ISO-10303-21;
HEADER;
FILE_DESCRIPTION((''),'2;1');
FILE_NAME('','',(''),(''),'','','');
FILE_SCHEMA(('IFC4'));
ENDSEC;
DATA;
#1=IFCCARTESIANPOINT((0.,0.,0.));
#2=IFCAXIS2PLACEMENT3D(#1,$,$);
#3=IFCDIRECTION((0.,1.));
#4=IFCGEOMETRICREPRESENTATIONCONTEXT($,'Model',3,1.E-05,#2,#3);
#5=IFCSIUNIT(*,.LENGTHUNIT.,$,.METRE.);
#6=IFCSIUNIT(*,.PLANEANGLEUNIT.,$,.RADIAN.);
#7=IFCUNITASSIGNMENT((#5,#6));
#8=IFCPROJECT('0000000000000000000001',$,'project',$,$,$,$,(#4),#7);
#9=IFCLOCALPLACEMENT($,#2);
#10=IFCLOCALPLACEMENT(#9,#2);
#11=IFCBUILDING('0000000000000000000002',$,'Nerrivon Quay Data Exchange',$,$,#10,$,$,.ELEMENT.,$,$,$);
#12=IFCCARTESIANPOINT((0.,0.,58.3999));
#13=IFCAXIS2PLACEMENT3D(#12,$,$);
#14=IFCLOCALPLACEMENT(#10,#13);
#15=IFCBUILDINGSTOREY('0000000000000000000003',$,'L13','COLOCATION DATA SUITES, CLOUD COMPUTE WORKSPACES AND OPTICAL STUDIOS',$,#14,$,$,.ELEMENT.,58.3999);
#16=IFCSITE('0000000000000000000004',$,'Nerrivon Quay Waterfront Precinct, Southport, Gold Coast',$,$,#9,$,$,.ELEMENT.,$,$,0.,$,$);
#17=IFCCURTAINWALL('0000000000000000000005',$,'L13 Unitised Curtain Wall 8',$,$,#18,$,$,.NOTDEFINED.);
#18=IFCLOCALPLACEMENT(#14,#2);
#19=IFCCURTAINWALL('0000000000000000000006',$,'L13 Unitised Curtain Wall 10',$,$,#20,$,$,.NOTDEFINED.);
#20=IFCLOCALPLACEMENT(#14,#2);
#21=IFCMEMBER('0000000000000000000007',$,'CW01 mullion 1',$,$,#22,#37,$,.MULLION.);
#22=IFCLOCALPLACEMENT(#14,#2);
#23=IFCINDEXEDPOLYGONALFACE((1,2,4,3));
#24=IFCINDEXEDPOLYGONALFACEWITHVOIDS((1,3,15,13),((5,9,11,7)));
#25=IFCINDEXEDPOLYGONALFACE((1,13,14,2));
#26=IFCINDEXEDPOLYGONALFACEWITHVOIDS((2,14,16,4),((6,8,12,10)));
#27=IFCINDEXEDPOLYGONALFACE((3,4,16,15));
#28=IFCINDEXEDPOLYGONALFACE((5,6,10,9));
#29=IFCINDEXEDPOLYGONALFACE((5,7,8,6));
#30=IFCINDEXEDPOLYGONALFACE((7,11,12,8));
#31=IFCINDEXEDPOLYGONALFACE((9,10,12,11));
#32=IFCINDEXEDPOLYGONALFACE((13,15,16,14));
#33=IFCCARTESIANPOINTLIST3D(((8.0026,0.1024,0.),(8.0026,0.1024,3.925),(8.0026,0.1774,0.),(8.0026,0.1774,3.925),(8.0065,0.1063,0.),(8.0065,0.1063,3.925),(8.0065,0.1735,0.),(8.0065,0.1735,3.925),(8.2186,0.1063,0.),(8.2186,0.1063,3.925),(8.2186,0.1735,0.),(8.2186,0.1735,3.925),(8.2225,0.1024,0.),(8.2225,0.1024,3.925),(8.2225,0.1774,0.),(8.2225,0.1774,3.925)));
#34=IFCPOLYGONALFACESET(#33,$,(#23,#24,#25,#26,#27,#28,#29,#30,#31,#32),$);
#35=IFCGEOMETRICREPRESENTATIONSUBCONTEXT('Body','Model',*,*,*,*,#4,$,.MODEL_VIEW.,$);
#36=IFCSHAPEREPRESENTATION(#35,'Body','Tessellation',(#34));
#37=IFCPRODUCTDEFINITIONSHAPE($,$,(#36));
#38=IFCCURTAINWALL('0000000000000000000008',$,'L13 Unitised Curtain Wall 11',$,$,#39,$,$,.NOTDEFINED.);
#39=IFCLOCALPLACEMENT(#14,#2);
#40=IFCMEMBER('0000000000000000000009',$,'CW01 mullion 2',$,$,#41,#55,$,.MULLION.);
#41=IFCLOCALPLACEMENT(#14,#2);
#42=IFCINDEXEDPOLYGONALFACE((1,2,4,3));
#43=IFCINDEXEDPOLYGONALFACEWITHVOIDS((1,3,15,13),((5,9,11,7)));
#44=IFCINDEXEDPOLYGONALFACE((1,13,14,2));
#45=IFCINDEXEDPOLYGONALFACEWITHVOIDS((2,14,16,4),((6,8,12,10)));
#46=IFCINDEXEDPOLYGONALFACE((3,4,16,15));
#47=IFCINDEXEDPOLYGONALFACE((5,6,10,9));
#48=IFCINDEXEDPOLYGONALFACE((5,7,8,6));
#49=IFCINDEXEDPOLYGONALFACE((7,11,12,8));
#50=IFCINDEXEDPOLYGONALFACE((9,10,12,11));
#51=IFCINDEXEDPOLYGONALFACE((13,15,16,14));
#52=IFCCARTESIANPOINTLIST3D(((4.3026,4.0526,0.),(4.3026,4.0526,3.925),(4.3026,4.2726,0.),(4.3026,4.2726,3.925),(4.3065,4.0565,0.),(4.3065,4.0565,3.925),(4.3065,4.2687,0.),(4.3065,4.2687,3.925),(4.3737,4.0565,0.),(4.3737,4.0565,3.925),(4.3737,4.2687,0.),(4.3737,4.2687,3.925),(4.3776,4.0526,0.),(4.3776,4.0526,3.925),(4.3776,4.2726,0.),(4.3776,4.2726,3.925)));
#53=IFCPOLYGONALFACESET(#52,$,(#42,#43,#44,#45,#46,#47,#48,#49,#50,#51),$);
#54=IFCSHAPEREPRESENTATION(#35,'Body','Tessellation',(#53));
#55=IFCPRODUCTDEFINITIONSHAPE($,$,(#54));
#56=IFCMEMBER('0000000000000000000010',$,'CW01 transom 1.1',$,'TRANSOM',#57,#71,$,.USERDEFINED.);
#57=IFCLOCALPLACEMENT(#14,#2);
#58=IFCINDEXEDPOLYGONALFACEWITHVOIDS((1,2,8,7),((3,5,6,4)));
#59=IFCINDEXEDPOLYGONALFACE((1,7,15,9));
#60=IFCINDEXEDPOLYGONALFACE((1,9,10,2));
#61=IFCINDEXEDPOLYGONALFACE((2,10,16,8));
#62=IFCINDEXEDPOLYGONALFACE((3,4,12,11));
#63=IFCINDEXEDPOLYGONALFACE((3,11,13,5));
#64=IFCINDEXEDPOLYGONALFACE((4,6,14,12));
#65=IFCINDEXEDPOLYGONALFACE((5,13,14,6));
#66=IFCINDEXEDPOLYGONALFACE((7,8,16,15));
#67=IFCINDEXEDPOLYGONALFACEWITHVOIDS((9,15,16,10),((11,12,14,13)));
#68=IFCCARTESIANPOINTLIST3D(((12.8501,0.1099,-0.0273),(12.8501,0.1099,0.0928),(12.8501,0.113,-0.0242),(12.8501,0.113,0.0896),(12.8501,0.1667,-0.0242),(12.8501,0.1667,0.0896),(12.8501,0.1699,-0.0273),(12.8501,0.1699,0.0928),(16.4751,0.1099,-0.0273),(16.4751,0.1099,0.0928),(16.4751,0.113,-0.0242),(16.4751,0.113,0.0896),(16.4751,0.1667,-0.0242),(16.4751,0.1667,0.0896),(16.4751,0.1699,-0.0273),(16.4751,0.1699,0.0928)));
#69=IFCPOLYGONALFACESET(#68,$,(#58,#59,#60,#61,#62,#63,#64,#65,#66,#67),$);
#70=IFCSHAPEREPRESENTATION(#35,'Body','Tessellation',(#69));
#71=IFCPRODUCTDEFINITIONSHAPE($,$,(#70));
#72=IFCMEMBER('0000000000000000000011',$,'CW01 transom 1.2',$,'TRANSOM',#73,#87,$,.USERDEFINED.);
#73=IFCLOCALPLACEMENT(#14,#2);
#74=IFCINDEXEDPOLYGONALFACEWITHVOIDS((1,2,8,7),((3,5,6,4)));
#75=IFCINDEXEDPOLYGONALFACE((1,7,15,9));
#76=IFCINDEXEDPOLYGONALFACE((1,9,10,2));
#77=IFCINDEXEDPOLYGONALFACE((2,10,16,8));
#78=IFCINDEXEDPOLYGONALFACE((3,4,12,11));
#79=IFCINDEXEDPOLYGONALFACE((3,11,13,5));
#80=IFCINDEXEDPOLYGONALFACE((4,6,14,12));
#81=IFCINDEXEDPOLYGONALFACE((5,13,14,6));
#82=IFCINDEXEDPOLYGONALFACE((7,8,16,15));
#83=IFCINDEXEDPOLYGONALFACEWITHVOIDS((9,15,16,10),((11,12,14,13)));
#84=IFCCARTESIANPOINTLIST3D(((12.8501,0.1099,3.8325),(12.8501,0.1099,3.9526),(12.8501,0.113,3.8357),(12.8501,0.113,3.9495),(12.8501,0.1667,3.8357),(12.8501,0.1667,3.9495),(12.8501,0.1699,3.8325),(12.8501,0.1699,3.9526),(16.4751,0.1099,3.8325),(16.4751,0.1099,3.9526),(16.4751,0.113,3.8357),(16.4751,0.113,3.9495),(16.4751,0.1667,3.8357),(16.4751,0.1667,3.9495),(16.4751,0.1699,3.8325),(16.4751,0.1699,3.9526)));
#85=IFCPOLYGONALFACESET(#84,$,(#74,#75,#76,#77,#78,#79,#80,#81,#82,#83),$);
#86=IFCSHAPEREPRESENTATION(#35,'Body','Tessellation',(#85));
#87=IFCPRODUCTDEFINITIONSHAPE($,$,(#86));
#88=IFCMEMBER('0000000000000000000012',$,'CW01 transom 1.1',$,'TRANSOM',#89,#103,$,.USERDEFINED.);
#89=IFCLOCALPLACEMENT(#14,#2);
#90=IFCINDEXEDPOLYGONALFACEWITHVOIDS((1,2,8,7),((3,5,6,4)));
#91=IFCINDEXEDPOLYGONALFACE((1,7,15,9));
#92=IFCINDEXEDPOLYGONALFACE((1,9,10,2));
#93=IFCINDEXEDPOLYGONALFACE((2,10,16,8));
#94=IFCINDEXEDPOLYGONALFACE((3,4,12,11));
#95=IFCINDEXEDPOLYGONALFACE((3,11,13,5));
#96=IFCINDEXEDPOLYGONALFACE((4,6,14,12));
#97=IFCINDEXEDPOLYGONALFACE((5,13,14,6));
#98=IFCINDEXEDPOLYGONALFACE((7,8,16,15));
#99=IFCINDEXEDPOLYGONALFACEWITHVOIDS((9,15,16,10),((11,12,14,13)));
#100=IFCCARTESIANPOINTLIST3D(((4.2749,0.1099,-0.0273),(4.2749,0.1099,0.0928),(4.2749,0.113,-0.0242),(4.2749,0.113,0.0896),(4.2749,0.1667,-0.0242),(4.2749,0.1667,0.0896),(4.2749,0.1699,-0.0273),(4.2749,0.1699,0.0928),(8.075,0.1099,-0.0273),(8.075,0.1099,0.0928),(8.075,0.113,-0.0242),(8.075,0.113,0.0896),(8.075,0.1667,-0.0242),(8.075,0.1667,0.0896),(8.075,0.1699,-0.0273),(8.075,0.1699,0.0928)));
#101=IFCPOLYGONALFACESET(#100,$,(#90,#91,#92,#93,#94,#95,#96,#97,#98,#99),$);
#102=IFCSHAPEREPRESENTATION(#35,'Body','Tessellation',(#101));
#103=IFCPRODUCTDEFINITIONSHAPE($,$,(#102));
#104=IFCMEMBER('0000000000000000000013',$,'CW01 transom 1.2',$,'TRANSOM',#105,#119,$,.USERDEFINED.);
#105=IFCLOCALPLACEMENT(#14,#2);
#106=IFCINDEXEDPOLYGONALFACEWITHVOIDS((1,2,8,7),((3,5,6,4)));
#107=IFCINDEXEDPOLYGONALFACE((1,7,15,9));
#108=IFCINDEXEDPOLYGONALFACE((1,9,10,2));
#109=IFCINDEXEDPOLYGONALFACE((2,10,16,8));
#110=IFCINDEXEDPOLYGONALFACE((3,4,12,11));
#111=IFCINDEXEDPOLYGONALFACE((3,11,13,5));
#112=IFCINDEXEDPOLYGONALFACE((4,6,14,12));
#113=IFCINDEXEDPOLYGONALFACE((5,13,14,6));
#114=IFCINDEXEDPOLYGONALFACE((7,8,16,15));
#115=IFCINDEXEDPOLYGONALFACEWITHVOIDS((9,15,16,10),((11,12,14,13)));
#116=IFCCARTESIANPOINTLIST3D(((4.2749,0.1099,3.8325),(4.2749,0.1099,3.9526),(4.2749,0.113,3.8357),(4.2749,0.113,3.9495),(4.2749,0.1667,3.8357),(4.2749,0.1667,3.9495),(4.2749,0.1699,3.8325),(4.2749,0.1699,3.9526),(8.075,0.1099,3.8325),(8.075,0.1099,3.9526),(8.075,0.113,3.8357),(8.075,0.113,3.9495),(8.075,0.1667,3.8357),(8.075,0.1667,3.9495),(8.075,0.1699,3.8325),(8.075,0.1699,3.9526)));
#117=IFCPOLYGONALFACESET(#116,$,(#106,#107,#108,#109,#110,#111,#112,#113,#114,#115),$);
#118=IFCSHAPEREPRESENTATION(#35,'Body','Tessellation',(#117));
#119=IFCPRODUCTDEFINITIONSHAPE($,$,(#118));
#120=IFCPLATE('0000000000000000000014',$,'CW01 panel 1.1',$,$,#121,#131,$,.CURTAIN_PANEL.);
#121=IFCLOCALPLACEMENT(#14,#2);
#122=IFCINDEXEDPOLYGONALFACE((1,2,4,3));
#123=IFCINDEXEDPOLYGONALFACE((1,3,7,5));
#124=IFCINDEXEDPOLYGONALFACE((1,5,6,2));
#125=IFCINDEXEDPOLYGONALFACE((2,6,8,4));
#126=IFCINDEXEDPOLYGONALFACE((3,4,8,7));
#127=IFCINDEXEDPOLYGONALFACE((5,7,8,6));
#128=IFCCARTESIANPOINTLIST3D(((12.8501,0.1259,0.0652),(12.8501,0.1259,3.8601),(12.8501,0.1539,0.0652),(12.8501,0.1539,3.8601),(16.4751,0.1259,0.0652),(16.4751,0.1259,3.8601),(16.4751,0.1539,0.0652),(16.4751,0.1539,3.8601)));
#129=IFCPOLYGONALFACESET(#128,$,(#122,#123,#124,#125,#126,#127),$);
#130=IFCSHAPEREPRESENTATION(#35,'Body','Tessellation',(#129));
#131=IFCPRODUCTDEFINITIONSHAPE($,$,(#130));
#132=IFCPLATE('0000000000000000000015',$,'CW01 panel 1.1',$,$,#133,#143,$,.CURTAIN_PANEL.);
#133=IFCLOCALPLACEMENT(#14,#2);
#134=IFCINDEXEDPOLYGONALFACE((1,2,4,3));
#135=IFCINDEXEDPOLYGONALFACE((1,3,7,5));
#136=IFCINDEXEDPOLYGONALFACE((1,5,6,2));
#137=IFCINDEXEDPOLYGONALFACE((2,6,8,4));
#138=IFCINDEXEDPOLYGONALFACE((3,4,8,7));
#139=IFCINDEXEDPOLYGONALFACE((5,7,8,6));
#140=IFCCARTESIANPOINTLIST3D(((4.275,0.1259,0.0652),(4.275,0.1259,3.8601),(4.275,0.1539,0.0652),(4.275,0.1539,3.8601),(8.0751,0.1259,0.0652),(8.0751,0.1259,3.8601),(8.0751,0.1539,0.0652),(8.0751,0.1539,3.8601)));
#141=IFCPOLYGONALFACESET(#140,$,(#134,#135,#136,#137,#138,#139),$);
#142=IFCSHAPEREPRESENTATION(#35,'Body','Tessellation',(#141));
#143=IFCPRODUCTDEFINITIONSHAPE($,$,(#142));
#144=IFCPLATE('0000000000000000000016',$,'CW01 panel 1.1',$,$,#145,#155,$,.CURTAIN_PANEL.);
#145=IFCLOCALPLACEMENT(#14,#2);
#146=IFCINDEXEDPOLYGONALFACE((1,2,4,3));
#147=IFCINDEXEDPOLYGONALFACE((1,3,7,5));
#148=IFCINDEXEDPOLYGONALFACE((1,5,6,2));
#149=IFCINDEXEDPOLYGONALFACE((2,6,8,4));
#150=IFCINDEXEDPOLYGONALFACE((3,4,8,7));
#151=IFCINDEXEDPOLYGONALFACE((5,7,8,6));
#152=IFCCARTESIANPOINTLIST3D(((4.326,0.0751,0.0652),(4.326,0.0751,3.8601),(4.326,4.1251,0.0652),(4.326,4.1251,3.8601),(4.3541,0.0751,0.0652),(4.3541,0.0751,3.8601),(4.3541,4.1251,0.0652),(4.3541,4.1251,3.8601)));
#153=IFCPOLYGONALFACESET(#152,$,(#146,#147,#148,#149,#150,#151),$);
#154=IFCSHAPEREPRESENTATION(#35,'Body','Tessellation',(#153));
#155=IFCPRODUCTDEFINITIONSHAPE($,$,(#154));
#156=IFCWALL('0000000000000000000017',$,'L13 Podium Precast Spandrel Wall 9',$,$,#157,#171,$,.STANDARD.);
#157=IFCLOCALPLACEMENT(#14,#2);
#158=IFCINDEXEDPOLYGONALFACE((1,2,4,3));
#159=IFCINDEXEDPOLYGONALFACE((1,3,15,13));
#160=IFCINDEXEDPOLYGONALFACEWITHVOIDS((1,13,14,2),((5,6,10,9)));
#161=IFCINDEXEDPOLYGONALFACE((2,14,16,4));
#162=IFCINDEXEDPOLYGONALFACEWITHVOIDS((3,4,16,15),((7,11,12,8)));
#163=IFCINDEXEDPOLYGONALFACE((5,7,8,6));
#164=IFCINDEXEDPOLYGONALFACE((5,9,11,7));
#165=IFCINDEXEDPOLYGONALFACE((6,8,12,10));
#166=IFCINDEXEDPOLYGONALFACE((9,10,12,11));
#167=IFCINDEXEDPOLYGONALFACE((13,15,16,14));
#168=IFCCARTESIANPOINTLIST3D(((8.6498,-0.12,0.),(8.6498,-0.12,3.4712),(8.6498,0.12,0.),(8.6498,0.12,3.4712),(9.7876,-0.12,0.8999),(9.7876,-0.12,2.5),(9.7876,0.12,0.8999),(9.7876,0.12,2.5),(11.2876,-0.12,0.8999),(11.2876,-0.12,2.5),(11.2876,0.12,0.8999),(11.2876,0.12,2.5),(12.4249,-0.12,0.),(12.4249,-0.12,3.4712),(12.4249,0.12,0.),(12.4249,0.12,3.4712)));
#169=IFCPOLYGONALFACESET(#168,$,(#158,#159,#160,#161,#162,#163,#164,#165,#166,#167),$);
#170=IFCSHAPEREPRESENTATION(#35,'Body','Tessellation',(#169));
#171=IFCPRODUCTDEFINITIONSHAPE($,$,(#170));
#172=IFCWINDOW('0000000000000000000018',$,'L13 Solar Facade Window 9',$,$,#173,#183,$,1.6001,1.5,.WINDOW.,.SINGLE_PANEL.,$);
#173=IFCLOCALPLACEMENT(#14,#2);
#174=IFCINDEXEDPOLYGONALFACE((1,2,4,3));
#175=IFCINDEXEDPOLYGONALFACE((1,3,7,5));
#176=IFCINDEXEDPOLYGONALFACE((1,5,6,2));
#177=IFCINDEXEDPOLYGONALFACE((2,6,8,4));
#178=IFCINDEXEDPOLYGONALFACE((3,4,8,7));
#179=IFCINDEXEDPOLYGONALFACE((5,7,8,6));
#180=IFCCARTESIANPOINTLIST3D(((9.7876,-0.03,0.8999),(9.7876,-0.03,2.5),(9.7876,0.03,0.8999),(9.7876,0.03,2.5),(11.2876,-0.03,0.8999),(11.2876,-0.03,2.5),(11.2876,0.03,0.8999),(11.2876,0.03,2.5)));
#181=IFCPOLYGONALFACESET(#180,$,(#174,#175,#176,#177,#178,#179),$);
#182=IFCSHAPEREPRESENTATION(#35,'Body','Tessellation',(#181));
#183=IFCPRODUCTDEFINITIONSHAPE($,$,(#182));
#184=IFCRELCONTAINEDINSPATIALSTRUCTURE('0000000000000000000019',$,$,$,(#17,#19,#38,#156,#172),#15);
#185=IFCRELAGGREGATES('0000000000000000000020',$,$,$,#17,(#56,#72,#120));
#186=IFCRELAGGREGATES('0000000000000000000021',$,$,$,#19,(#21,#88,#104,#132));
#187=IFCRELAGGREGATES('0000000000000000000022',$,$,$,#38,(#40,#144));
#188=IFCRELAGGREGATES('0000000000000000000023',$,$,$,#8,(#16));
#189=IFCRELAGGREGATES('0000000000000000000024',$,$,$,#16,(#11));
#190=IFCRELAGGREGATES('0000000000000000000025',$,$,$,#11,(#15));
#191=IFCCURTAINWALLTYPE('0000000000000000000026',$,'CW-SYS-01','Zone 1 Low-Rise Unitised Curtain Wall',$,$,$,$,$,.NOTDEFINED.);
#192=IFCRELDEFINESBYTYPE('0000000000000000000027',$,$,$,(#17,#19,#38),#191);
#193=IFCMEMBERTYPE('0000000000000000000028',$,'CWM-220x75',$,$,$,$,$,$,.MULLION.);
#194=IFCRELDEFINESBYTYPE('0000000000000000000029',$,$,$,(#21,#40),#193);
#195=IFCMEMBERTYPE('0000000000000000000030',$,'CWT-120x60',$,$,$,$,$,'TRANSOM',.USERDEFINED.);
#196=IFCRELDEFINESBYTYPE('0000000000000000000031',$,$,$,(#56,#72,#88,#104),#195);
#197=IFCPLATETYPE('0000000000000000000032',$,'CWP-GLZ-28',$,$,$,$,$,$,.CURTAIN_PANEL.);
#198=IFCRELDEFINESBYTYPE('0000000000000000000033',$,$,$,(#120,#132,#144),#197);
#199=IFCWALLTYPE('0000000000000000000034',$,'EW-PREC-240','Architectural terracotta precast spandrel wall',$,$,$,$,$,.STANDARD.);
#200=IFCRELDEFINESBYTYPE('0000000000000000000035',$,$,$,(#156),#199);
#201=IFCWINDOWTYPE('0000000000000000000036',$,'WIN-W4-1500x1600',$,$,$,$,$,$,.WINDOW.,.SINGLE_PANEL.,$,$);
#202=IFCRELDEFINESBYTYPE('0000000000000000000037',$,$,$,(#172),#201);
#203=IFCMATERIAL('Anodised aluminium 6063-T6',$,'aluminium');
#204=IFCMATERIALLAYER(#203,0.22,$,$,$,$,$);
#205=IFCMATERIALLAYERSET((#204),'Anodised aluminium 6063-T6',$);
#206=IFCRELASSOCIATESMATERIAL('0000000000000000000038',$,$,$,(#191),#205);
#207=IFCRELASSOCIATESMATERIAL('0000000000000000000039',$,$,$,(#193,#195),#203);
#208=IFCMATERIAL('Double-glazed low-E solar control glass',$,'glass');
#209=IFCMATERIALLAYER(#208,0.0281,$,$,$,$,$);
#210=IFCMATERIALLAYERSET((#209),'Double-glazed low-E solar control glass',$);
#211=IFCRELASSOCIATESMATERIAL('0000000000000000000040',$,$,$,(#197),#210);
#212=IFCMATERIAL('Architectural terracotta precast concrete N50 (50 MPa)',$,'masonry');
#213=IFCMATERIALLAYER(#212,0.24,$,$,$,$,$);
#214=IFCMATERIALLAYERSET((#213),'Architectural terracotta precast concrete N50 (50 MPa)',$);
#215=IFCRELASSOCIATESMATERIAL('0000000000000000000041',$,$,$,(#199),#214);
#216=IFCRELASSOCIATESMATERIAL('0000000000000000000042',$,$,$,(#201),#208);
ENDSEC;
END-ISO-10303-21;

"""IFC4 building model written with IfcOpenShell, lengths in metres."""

from ifc_helpers import new_model, si_unit, direction, frame, frame_2d, origin, origin_2d, place, context, subcontext, project, spatial, rectangle, hollow_rectangle, extrude, material, layer, layer_set, material_profile, profile_set, type_object, element, fill, aggregate, save


model = new_model("IFC4")

# Units and contexts
model_context = context("Model", 3, precision=1e-05, world=origin(), true_north=direction((0.0, 1.0)))
body_context = subcontext(model_context, "Body", "Model", "MODEL_VIEW")
ifc_project = project(units=[si_unit("LENGTHUNIT", "METRE"), si_unit("PLANEANGLEUNIT", "RADIAN")], contexts=[model_context])

# Site, building, storey
site_placement = place(None, origin())
site = spatial("IfcSite", under=ifc_project, at=site_placement, Name="Nerrivon Quay Waterfront Precinct, Southport, Gold Coast", CompositionType="ELEMENT", RefElevation=0.0)
building_placement = place(site_placement, origin())
building = spatial("IfcBuilding", under=site, at=building_placement, Name="Nerrivon Quay Data Exchange", CompositionType="ELEMENT")
storey_placement = place(building_placement, frame((0.0, 0.0, 58.3999)))
storey = spatial("IfcBuildingStorey", under=building, at=storey_placement, Name="L13", Description="COLOCATION DATA SUITES, CLOUD COMPUTE WORKSPACES AND OPTICAL STUDIOS", CompositionType="ELEMENT", Elevation=58.3999)

# Curtain wall
ifc_material_1 = material(Name="Anodised aluminium 6063-T6", Category="aluminium")
ifc_layer_1 = layer(ifc_material_1, 0.22)
ifc_layer_set_1 = layer_set([ifc_layer_1], Name="Anodised aluminium 6063-T6")
curtain_wall_type = type_object("IfcCurtainWallType", Name="CW-SYS-01", Description="Zone 1 Low-Rise Unitised Curtain Wall", PredefinedType="NOTDEFINED", material=ifc_layer_set_1)
curtain_wall_1_placement = place(storey_placement, origin())
curtain_wall_1 = element("IfcCurtainWall", 1, at=curtain_wall_1_placement, inside=storey, type_object=curtain_wall_type, Name="L13 Unitised Curtain Wall 8", PredefinedType="NOTDEFINED")
ifc_material_profile_1 = material_profile(ifc_material_1, hollow_rectangle(XDim=0.075, YDim=0.22, WallThickness=0.0039, at=origin_2d()), Name="ALU-MULL-220x75")
ifc_profile_set_1 = profile_set([ifc_material_profile_1], Name="Anodised aluminium 6063-T6")
member_type_1 = type_object("IfcMemberType", Name="CWM-220x75", PredefinedType="MULLION", material=ifc_profile_set_1)

# Curtain walls, members
curtain_wall_2_placement = place(storey_placement, origin())
curtain_wall_2 = element("IfcCurtainWall", 2, at=curtain_wall_2_placement, inside=storey, type_object=curtain_wall_type, Name="L13 Unitised Curtain Wall 10", PredefinedType="NOTDEFINED")
member_1_placement = place(storey_placement, frame((8.1125, 0.1399, 0.0), z_axis=(0.0, 0.0, 1.0), x_axis=(0.0, -1.0, 0.0)))
member_1 = element("IfcMember", 3, at=member_1_placement, type_object=member_type_1, Name="CW01 mullion 1", PredefinedType="MULLION", context=body_context, shape_type="SweptSolid", body=[
    extrude(hollow_rectangle(XDim=0.075, YDim=0.22, WallThickness=0.0039, at=origin_2d()), origin(), (0.0, 0.0, 1.0), 3.925),
])
curtain_wall_3_placement = place(storey_placement, origin())
curtain_wall_3 = element("IfcCurtainWall", 4, at=curtain_wall_3_placement, inside=storey, type_object=curtain_wall_type, Name="L13 Unitised Curtain Wall 11", PredefinedType="NOTDEFINED")
member_2_placement = place(storey_placement, frame((4.3401, 4.1626, 0.0), z_axis=(0.0, 0.0, 1.0), x_axis=(-1.0, 0.0, 0.0)))
member_2 = element("IfcMember", 5, at=member_2_placement, type_object=member_type_1, Name="CW01 mullion 2", PredefinedType="MULLION", context=body_context, shape_type="SweptSolid", body=[
    extrude(hollow_rectangle(XDim=0.075, YDim=0.22, WallThickness=0.0039, at=origin_2d()), origin(), (0.0, 0.0, 1.0), 3.925),
])

# Members
ifc_material_profile_2 = material_profile(ifc_material_1, hollow_rectangle(XDim=0.0601, YDim=0.1201, WallThickness=0.0032, at=origin_2d()), Name="ALU-TRAN-120x60")
ifc_profile_set_2 = profile_set([ifc_material_profile_2], Name="Anodised aluminium 6063-T6")
member_type_2 = type_object("IfcMemberType", Name="CWT-120x60", ElementType="TRANSOM", PredefinedType="USERDEFINED", material=ifc_profile_set_2)
member_3_placement = place(storey_placement, frame((16.4751, 0.1399, 0.0327), z_axis=(-1.0, 0.0, 0.0), x_axis=(0.0, -1.0, 0.0)))
member_3 = element("IfcMember", 6, at=member_3_placement, type_object=member_type_2, Name="CW01 transom 1.1", ObjectType="TRANSOM", PredefinedType="USERDEFINED", context=body_context, shape_type="SweptSolid", body=[
    extrude(hollow_rectangle(XDim=0.0601, YDim=0.1201, WallThickness=0.0032, at=origin_2d()), origin(), (0.0, 0.0, 1.0), 3.625),
])
member_4_placement = place(storey_placement, frame((16.4751, 0.1399, 3.8926), z_axis=(-1.0, 0.0, 0.0), x_axis=(0.0, -1.0, 0.0)))
member_4 = element("IfcMember", 7, at=member_4_placement, type_object=member_type_2, Name="CW01 transom 1.2", ObjectType="TRANSOM", PredefinedType="USERDEFINED", context=body_context, shape_type="SweptSolid", body=[
    extrude(hollow_rectangle(XDim=0.0601, YDim=0.1201, WallThickness=0.0032, at=origin_2d()), origin(), (0.0, 0.0, 1.0), 3.625),
])
member_5_placement = place(storey_placement, frame((8.075, 0.1399, 0.0327), z_axis=(-1.0, 0.0, 0.0), x_axis=(0.0, -1.0, 0.0)))
member_5 = element("IfcMember", 8, at=member_5_placement, type_object=member_type_2, Name="CW01 transom 1.1", ObjectType="TRANSOM", PredefinedType="USERDEFINED", context=body_context, shape_type="SweptSolid", body=[
    extrude(hollow_rectangle(XDim=0.0601, YDim=0.1201, WallThickness=0.0032, at=origin_2d()), origin(), (0.0, 0.0, 1.0), 3.8),
])
member_6_placement = place(storey_placement, frame((8.075, 0.1399, 3.8926), z_axis=(-1.0, 0.0, 0.0), x_axis=(0.0, -1.0, 0.0)))
member_6 = element("IfcMember", 9, at=member_6_placement, type_object=member_type_2, Name="CW01 transom 1.2", ObjectType="TRANSOM", PredefinedType="USERDEFINED", context=body_context, shape_type="SweptSolid", body=[
    extrude(hollow_rectangle(XDim=0.0601, YDim=0.1201, WallThickness=0.0032, at=origin_2d()), origin(), (0.0, 0.0, 1.0), 3.8),
])

# Plates
ifc_material_2 = material(Name="Double-glazed low-E solar control glass", Category="glass")
ifc_layer_2 = layer(ifc_material_2, 0.0281)
ifc_layer_set_2 = layer_set([ifc_layer_2], Name="Double-glazed low-E solar control glass")
plate_type = type_object("IfcPlateType", Name="CWP-GLZ-28", PredefinedType="CURTAIN_PANEL", material=ifc_layer_set_2)
plate_1_placement = place(storey_placement, frame((14.6626, 0.1399, 0.0652), z_axis=(0.0, 0.0, 1.0), x_axis=(-1.0, 0.0, 0.0)))
plate_1 = element("IfcPlate", 10, at=plate_1_placement, type_object=plate_type, Name="CW01 panel 1.1", PredefinedType="CURTAIN_PANEL", context=body_context, shape_type="SweptSolid", body=[
    extrude(rectangle(XDim=3.625, YDim=0.0281, at=origin_2d()), origin(), (0.0, 0.0, 1.0), 3.7949),
])
aggregate(curtain_wall_1, [member_3, member_4, plate_1])
plate_2_placement = place(storey_placement, frame((6.175, 0.1399, 0.0652), z_axis=(0.0, 0.0, 1.0), x_axis=(-1.0, 0.0, 0.0)))
plate_2 = element("IfcPlate", 11, at=plate_2_placement, type_object=plate_type, Name="CW01 panel 1.1", PredefinedType="CURTAIN_PANEL", context=body_context, shape_type="SweptSolid", body=[
    extrude(rectangle(XDim=3.8, YDim=0.0281, at=origin_2d()), origin(), (0.0, 0.0, 1.0), 3.7949),
])
aggregate(curtain_wall_2, [member_1, member_5, member_6, plate_2])
plate_3_placement = place(storey_placement, frame((4.3401, 2.1001, 0.0652), z_axis=(0.0, 0.0, 1.0), x_axis=(0.0, 1.0, 0.0)))
plate_3 = element("IfcPlate", 12, at=plate_3_placement, type_object=plate_type, Name="CW01 panel 1.1", PredefinedType="CURTAIN_PANEL", context=body_context, shape_type="SweptSolid", body=[
    extrude(rectangle(XDim=4.05, YDim=0.0281, at=origin_2d()), origin(), (0.0, 0.0, 1.0), 3.7949),
])
aggregate(curtain_wall_3, [member_2, plate_3])

# Wall, opening, window
ifc_material_3 = material(Name="Architectural terracotta precast concrete N50 (50 MPa)", Category="masonry")
ifc_layer_3 = layer(ifc_material_3, 0.24)
ifc_layer_set_3 = layer_set([ifc_layer_3], Name="Architectural terracotta precast concrete N50 (50 MPa)")
wall_type_1 = type_object("IfcWallType", Name="EW-PREC-240", Description="Architectural terracotta precast spandrel wall", PredefinedType="STANDARD", material=ifc_layer_set_3)
wall_1_placement = place(storey_placement, frame((12.425, 0.0, 0.0), z_axis=(0.0, 0.0, 1.0), x_axis=(-1.0, 0.0, 0.0)))
wall_1 = element("IfcWall", 13, at=wall_1_placement, inside=storey, type_object=wall_type_1, Name="L13 Podium Precast Spandrel Wall 9", PredefinedType="STANDARD", context=body_context, shape_type="SweptSolid", body=[
    extrude(rectangle(XDim=3.7751, YDim=0.24, at=frame_2d((1.8877, 0.0))), origin(), (0.0, 0.0, 1.0), 3.4712),
])
opening_1_placement = place(wall_1_placement, frame((1.1375, 0.0, 0.8999)))
opening_1 = element("IfcOpeningElement", 14, at=opening_1_placement, cuts=wall_1, PredefinedType="OPENING", context=body_context, shape_type="SweptSolid", body=[
    extrude(rectangle(XDim=1.5, YDim=1.6001, at=frame_2d((0.75, 0.8))), frame((0.0, 0.1299, 0.0), z_axis=(0.0, -1.0, 0.0), x_axis=(1.0, 0.0, 0.0)), (0.0, 0.0, 1.0), 0.26),
])
window_type = type_object("IfcWindowType", Name="WIN-W4-1500x1600", PartitioningType="SINGLE_PANEL", PredefinedType="WINDOW", material=ifc_material_2)
window_placement = place(opening_1_placement, origin())
window = element("IfcWindow", 15, at=window_placement, inside=storey, type_object=window_type, Name="L13 Solar Facade Window 9", OverallHeight=1.6001, OverallWidth=1.5, PartitioningType="SINGLE_PANEL", PredefinedType="WINDOW", context=body_context, shape_type="SweptSolid", body=[
    extrude(rectangle(XDim=1.5, YDim=1.6001, at=frame_2d((0.75, 0.8))), frame((0.0, 0.03, 0.0), z_axis=(0.0, -1.0, 0.0), x_axis=(1.0, 0.0, 0.0)), (0.0, 0.0, 1.0), 0.0601),
])
fill(opening_1, window)

save(model, "model.ifc")
